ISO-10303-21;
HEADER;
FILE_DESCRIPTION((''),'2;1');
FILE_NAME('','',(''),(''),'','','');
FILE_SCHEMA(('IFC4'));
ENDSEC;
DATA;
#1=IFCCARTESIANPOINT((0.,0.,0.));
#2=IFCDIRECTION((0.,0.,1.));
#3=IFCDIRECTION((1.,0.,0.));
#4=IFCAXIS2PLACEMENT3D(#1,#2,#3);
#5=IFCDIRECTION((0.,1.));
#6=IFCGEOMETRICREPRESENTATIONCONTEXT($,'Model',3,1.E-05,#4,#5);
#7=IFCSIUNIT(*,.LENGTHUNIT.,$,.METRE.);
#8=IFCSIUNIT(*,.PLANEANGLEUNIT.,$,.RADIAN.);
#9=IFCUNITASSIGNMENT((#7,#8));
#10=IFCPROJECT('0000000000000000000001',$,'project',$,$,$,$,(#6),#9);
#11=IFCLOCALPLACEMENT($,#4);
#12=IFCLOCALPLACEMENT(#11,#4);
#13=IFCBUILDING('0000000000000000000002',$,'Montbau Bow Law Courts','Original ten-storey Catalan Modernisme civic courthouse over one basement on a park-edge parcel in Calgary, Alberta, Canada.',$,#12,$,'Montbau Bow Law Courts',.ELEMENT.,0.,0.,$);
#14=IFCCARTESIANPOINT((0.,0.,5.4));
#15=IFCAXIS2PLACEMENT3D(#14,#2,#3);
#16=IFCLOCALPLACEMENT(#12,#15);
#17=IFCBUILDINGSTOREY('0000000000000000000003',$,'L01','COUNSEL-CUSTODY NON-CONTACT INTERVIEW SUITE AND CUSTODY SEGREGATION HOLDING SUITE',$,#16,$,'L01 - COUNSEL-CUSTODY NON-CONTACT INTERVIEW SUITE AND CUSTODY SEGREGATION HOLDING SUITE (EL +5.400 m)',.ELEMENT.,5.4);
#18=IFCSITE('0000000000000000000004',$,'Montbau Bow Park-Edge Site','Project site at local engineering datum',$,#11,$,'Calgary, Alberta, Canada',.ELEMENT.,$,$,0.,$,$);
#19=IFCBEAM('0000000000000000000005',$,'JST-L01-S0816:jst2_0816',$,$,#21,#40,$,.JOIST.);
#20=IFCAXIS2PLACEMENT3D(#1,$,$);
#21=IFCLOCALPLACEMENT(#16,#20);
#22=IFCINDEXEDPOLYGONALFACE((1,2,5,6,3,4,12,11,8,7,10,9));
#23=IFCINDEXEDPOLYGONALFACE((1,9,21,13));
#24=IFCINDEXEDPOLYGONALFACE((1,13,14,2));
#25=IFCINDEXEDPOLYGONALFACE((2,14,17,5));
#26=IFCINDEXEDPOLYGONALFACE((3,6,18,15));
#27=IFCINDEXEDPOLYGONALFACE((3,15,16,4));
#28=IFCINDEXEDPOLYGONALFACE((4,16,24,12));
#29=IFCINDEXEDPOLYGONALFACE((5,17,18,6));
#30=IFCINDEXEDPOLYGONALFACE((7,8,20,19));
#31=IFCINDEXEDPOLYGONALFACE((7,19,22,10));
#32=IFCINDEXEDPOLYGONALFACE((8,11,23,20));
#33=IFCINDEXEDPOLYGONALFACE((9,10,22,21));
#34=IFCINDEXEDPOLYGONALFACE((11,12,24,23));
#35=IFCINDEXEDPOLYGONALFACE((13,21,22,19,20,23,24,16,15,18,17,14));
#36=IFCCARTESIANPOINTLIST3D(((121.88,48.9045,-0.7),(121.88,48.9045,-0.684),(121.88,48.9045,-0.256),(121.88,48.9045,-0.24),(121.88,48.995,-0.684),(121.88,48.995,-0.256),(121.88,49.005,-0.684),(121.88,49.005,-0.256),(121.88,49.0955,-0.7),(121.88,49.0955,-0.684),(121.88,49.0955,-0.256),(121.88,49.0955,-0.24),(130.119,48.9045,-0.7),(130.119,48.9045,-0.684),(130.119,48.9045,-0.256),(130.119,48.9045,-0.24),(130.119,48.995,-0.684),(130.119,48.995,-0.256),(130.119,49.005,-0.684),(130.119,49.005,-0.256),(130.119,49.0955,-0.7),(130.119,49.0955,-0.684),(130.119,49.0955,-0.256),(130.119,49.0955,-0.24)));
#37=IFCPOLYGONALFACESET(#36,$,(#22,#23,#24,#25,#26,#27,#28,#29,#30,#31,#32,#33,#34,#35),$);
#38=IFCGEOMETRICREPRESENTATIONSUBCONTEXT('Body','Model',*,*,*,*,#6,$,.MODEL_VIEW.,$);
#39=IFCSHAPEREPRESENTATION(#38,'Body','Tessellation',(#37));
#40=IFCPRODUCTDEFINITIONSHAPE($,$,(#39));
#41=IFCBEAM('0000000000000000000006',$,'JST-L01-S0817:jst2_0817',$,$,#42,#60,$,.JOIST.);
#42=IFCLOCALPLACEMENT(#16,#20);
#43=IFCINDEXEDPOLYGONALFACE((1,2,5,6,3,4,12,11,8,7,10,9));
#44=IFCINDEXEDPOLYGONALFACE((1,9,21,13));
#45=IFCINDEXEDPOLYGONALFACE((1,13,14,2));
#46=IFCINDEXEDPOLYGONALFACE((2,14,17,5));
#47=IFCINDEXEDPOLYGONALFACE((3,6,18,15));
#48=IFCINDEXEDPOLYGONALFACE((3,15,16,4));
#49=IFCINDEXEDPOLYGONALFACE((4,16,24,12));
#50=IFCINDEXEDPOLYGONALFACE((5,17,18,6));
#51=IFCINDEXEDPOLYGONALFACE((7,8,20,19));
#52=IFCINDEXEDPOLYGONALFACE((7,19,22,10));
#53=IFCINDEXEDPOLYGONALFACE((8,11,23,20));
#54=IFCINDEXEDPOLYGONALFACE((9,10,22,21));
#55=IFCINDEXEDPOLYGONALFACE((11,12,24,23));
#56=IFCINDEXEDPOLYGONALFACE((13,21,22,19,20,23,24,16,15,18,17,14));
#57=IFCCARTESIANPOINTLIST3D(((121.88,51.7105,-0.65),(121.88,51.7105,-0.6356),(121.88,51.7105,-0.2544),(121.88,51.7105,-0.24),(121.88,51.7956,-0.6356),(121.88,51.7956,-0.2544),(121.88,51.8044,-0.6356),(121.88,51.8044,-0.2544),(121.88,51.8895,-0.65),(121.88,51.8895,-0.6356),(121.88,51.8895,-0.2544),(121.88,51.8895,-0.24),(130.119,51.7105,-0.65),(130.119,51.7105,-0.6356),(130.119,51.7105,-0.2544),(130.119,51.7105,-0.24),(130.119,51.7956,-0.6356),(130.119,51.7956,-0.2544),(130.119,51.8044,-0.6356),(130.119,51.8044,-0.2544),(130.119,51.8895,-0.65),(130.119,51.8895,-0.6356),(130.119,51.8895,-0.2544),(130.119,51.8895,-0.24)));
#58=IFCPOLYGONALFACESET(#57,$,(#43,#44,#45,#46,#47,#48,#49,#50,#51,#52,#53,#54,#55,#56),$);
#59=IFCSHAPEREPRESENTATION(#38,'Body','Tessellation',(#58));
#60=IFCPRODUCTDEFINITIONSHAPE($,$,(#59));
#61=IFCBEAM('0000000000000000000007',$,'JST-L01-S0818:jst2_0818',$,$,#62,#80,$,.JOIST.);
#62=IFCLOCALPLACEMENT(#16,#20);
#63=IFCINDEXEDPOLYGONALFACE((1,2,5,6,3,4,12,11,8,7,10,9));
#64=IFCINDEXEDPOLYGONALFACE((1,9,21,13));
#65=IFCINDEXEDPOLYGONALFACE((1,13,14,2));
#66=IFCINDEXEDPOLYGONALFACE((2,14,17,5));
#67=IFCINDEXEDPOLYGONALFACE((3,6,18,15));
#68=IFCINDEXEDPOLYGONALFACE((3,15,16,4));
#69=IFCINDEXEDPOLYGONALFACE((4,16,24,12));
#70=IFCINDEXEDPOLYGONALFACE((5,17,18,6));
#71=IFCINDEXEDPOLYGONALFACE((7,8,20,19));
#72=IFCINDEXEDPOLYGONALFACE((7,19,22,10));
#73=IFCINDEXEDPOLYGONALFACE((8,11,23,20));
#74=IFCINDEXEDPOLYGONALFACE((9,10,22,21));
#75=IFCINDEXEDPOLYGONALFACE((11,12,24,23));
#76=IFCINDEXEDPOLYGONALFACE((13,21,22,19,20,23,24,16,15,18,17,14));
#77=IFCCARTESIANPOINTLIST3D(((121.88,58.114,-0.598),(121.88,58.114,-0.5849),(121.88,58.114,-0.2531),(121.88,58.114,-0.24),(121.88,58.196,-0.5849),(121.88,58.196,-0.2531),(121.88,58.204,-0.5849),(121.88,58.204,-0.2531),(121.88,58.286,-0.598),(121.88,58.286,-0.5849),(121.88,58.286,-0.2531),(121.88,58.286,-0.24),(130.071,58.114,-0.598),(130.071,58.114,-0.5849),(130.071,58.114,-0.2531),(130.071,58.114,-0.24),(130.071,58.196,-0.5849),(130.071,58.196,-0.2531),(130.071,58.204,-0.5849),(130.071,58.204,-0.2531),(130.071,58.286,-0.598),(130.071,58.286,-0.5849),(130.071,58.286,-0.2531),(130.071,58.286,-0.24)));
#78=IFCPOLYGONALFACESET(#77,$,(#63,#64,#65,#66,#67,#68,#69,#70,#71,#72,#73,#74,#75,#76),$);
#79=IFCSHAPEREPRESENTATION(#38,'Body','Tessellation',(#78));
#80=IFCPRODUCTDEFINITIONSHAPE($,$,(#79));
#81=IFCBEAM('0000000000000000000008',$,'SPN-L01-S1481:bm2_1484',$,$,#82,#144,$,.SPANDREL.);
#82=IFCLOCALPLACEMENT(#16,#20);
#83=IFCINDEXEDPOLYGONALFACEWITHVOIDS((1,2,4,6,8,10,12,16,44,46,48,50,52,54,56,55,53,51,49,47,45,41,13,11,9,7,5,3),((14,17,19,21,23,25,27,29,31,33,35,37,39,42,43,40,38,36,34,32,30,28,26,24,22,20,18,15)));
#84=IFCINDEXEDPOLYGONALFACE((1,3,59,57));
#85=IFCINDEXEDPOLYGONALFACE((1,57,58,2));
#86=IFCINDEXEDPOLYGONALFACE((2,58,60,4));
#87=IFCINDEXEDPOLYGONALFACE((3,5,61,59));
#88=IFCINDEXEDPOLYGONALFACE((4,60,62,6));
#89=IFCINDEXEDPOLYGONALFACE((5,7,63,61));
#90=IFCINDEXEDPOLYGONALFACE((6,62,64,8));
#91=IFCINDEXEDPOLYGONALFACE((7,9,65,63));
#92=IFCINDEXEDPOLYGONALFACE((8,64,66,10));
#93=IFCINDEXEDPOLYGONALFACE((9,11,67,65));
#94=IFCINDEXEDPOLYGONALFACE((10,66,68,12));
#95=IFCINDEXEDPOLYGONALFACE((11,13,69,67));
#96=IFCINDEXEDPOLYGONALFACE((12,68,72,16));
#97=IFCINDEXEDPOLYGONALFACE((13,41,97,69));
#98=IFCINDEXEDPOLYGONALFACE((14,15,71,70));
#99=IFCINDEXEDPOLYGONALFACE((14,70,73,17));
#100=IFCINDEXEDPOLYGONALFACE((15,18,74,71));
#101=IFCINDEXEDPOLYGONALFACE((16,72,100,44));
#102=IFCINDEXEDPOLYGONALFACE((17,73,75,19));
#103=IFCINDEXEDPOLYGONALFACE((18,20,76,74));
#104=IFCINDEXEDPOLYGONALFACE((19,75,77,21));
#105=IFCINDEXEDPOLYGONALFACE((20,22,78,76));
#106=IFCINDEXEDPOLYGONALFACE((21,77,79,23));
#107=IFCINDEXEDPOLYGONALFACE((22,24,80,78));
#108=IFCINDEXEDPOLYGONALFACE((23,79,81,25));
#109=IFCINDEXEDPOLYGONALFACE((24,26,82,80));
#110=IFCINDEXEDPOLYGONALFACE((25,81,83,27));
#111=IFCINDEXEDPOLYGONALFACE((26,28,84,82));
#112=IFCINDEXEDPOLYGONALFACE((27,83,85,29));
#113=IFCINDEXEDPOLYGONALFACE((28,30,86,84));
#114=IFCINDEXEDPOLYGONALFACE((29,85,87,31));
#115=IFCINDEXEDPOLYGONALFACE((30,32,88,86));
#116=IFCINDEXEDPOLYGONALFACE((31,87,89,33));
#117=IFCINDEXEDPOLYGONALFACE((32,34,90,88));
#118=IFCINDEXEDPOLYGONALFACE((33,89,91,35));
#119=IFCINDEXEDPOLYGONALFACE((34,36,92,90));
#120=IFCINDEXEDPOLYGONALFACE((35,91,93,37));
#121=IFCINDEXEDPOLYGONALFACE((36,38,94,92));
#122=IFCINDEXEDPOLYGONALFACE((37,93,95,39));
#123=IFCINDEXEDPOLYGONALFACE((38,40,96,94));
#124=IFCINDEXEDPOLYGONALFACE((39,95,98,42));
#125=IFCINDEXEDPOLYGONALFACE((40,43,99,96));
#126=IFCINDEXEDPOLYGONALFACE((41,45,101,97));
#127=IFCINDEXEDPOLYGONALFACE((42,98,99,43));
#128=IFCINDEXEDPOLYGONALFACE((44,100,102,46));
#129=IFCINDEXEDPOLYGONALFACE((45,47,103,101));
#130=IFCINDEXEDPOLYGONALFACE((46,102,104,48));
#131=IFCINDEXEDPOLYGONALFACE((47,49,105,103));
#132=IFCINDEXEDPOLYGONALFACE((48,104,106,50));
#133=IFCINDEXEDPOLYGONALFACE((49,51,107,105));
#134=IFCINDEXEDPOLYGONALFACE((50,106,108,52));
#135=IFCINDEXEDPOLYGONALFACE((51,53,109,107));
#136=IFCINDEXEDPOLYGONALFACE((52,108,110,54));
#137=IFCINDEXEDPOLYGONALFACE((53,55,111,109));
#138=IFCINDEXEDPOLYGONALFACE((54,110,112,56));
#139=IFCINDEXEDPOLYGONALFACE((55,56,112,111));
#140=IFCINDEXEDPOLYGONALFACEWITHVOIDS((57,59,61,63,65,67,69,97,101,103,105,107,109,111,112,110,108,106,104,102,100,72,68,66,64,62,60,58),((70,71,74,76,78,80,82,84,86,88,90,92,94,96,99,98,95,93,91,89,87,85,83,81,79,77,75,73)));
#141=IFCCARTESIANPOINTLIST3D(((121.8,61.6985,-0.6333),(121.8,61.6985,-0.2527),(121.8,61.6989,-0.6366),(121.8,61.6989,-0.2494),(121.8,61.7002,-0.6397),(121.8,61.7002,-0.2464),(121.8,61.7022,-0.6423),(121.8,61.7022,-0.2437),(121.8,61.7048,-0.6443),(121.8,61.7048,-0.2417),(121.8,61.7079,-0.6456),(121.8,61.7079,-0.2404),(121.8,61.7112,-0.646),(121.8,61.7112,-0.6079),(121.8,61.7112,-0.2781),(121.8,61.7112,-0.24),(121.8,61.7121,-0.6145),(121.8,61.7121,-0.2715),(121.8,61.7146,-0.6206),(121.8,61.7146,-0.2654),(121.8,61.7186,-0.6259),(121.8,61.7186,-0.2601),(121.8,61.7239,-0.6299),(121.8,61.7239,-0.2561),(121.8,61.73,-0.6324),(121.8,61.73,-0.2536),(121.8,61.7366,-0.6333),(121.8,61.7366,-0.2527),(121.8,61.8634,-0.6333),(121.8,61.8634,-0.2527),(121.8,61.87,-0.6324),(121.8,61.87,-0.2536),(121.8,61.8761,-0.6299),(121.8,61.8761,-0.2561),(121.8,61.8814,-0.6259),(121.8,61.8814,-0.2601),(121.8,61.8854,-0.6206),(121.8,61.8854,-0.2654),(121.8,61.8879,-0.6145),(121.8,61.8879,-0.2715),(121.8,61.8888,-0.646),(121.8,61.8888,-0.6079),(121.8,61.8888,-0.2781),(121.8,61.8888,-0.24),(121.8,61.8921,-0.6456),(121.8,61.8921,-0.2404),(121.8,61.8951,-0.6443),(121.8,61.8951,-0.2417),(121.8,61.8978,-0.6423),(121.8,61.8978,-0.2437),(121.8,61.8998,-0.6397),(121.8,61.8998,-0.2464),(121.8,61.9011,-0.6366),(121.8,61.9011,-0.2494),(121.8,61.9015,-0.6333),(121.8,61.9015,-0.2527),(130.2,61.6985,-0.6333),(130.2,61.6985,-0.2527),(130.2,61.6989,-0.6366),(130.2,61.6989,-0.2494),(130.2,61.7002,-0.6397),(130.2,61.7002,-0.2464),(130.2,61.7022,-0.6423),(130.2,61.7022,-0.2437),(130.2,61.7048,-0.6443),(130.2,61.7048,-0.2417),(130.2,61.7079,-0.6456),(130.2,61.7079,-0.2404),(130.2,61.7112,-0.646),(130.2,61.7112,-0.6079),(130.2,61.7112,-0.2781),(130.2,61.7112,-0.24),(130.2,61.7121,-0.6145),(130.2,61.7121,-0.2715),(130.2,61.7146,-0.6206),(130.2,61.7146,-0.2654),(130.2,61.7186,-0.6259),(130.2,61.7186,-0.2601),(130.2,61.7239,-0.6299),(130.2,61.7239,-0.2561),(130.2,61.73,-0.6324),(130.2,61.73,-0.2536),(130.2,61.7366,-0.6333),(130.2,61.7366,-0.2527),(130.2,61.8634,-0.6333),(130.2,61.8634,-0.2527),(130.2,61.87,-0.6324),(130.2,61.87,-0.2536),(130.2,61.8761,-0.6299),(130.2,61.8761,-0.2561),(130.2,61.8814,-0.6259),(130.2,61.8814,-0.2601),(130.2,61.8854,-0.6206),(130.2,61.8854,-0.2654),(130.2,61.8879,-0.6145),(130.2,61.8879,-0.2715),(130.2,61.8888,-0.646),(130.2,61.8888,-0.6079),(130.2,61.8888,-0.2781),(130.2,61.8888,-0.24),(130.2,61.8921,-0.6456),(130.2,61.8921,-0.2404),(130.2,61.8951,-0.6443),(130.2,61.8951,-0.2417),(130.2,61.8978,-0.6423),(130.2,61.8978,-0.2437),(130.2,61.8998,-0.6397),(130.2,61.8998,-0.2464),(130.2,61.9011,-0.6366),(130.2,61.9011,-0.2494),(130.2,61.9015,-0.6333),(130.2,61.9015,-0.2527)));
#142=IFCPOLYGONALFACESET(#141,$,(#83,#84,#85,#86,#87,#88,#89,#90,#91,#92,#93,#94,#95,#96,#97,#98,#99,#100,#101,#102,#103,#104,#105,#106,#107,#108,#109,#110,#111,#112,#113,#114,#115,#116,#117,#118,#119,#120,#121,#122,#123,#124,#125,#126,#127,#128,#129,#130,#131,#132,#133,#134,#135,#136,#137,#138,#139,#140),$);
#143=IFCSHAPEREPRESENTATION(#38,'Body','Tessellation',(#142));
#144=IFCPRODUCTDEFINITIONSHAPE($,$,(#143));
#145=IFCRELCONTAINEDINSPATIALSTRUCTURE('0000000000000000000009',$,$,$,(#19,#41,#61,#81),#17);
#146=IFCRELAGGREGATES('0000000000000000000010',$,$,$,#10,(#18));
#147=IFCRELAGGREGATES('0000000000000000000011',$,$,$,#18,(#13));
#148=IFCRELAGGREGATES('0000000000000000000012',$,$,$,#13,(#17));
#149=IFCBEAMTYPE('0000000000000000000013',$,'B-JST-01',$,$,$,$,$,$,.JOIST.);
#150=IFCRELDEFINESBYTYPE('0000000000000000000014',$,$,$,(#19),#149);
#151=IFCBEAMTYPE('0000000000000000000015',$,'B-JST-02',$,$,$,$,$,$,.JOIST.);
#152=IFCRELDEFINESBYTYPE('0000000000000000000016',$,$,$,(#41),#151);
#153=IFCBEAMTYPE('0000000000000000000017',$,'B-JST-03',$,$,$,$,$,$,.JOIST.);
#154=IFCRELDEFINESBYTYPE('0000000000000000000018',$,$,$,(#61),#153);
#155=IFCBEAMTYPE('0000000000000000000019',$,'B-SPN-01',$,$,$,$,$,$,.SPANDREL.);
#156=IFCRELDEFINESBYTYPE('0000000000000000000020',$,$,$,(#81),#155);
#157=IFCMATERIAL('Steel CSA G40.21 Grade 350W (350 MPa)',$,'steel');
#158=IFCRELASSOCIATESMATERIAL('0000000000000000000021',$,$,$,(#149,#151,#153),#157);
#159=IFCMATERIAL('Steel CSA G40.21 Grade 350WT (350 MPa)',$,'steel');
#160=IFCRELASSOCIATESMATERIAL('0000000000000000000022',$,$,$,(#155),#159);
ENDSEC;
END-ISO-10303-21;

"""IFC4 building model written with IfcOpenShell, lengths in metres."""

from ifc_helpers import new_model, si_unit, direction, frame, origin_with_axes, origin_2d_with_axis, place, context, subcontext, project, spatial, hollow_rectangle, i_section, extrude, material, material_profile, profile_set, type_object, element, save


model = new_model("IFC4")

# Units and contexts
model_context = context("Model", 3, precision=1e-05, world=origin_with_axes(), true_north=direction((0.0, 1.0)))
body_context = subcontext(model_context, "Body", "Model", "MODEL_VIEW")
ifc_project = project(units=[si_unit("LENGTHUNIT", "METRE"), si_unit("PLANEANGLEUNIT", "RADIAN")], contexts=[model_context])

# Site, building, storey
site_placement = place(None, origin_with_axes())
site = spatial("IfcSite", under=ifc_project, at=site_placement, Name="Montbau Bow Park-Edge Site", Description="Project site at local engineering datum", LongName="Calgary, Alberta, Canada", CompositionType="ELEMENT", RefElevation=0.0)
building_placement = place(site_placement, origin_with_axes())
building = spatial("IfcBuilding", under=site, at=building_placement, Name="Montbau Bow Law Courts", Description="Original ten-storey Catalan Modernisme civic courthouse over one basement on a park-edge parcel in Calgary, Alberta, Canada.", LongName="Montbau Bow Law Courts", CompositionType="ELEMENT", ElevationOfRefHeight=0.0, ElevationOfTerrain=0.0)
storey_placement = place(building_placement, frame((0.0, 0.0, 5.4), z_axis=(0.0, 0.0, 1.0), x_axis=(1.0, 0.0, 0.0)))
storey = spatial("IfcBuildingStorey", under=building, at=storey_placement, Name="L01", Description="COUNSEL-CUSTODY NON-CONTACT INTERVIEW SUITE AND CUSTODY SEGREGATION HOLDING SUITE", LongName="L01 - COUNSEL-CUSTODY NON-CONTACT INTERVIEW SUITE AND CUSTODY SEGREGATION HOLDING SUITE (EL +5.400 m)", CompositionType="ELEMENT", Elevation=5.4)

# Beams
ifc_material_1 = material(Name="Steel CSA G40.21 Grade 350W (350 MPa)", Category="steel")
ifc_material_profile_1 = material_profile(ifc_material_1, i_section(OverallWidth=0.191, OverallDepth=0.46, WebThickness=0.0099, FlangeThickness=0.016, at=origin_2d_with_axis()), Name="W460X82", Category="Main", Priority=0)
ifc_profile_set_1 = profile_set([ifc_material_profile_1], Name="Steel CSA G40.21 Grade 350W (350 MPa)")
beam_type_1 = type_object("IfcBeamType", Name="B-JST-01", PredefinedType="JOIST", material=ifc_profile_set_1)
beam_1_placement = place(None, frame((121.88, 49.0, 4.93), z_axis=(1.0, 0.0, 0.0), x_axis=(0.0, 1.0, 0.0)))
element("IfcBeam", 1, at=beam_1_placement, inside=storey, type_object=beam_type_1, Name="JST-L01-S0816:jst2_0816", PredefinedType="JOIST", context=body_context, shape_type="SweptSolid", body=[
    extrude(i_section(OverallWidth=0.191, OverallDepth=0.46, WebThickness=0.0099, FlangeThickness=0.016, at=origin_2d_with_axis()), origin_with_axes(), (0.0, 0.0, 1.0), 8.239),
])
ifc_material_profile_2 = material_profile(ifc_material_1, i_section(OverallWidth=0.179, OverallDepth=0.41, WebThickness=0.0088, FlangeThickness=0.0144, at=origin_2d_with_axis()), Name="W410X67", Category="Main", Priority=0)
ifc_profile_set_2 = profile_set([ifc_material_profile_2], Name="Steel CSA G40.21 Grade 350W (350 MPa)")
beam_type_2 = type_object("IfcBeamType", Name="B-JST-02", PredefinedType="JOIST", material=ifc_profile_set_2)
beam_2_placement = place(None, frame((121.88, 51.8, 4.955), z_axis=(1.0, 0.0, 0.0), x_axis=(0.0, 1.0, 0.0)))
element("IfcBeam", 2, at=beam_2_placement, inside=storey, type_object=beam_type_2, Name="JST-L01-S0817:jst2_0817", PredefinedType="JOIST", context=body_context, shape_type="SweptSolid", body=[
    extrude(i_section(OverallWidth=0.179, OverallDepth=0.41, WebThickness=0.0088, FlangeThickness=0.0144, at=origin_2d_with_axis()), origin_with_axes(), (0.0, 0.0, 1.0), 8.239),
])
ifc_material_profile_3 = material_profile(ifc_material_1, i_section(OverallWidth=0.172, OverallDepth=0.358, WebThickness=0.0079, FlangeThickness=0.0131, at=origin_2d_with_axis()), Name="W360X57", Category="Main", Priority=0)
ifc_profile_set_3 = profile_set([ifc_material_profile_3], Name="Steel CSA G40.21 Grade 350W (350 MPa)")
beam_type_3 = type_object("IfcBeamType", Name="B-JST-03", PredefinedType="JOIST", material=ifc_profile_set_3)
beam_3_placement = place(None, frame((121.88, 58.2, 4.981), z_axis=(1.0, 0.0, 0.0), x_axis=(0.0, 1.0, 0.0)))
element("IfcBeam", 3, at=beam_3_placement, inside=storey, type_object=beam_type_3, Name="JST-L01-S0818:jst2_0818", PredefinedType="JOIST", context=body_context, shape_type="SweptSolid", body=[
    extrude(i_section(OverallWidth=0.172, OverallDepth=0.358, WebThickness=0.0079, FlangeThickness=0.0131, at=origin_2d_with_axis()), origin_with_axes(), (0.0, 0.0, 1.0), 8.191),
])
ifc_material_2 = material(Name="Steel CSA G40.21 Grade 350WT (350 MPa)", Category="steel")
ifc_material_profile_4 = material_profile(ifc_material_2, hollow_rectangle(XDim=0.203, YDim=0.406, WallThickness=0.0127, InnerFilletRadius=0.0254, OuterFilletRadius=0.0127, at=origin_2d_with_axis()), Name="HSS406X203X13", Category="Main", Priority=0)
ifc_profile_set_4 = profile_set([ifc_material_profile_4], Name="Steel CSA G40.21 Grade 350WT (350 MPa)")
beam_type_4 = type_object("IfcBeamType", Name="B-SPN-01", PredefinedType="SPANDREL", material=ifc_profile_set_4)
for number, where, z_axis, x_axis, name in (
    (4, (121.8, 61.8, 4.957), (1.0, 0.0, 0.0), (0.0, 1.0, 0.0), "SPN-L01-S1481:bm2_1484"),
):
    element("IfcBeam", number, at=place(None, frame(where, z_axis=z_axis, x_axis=x_axis)), inside=storey, type_object=beam_type_4, Name=name, PredefinedType="SPANDREL", context=body_context, shape_type="SweptSolid", body=[
        extrude(hollow_rectangle(XDim=0.203, YDim=0.406, WallThickness=0.0127, InnerFilletRadius=0.0254, OuterFilletRadius=0.0127, at=origin_2d_with_axis()), origin_with_axes(), (0.0, 0.0, 1.0), 8.4),
    ])

save(model, "model.ifc")
